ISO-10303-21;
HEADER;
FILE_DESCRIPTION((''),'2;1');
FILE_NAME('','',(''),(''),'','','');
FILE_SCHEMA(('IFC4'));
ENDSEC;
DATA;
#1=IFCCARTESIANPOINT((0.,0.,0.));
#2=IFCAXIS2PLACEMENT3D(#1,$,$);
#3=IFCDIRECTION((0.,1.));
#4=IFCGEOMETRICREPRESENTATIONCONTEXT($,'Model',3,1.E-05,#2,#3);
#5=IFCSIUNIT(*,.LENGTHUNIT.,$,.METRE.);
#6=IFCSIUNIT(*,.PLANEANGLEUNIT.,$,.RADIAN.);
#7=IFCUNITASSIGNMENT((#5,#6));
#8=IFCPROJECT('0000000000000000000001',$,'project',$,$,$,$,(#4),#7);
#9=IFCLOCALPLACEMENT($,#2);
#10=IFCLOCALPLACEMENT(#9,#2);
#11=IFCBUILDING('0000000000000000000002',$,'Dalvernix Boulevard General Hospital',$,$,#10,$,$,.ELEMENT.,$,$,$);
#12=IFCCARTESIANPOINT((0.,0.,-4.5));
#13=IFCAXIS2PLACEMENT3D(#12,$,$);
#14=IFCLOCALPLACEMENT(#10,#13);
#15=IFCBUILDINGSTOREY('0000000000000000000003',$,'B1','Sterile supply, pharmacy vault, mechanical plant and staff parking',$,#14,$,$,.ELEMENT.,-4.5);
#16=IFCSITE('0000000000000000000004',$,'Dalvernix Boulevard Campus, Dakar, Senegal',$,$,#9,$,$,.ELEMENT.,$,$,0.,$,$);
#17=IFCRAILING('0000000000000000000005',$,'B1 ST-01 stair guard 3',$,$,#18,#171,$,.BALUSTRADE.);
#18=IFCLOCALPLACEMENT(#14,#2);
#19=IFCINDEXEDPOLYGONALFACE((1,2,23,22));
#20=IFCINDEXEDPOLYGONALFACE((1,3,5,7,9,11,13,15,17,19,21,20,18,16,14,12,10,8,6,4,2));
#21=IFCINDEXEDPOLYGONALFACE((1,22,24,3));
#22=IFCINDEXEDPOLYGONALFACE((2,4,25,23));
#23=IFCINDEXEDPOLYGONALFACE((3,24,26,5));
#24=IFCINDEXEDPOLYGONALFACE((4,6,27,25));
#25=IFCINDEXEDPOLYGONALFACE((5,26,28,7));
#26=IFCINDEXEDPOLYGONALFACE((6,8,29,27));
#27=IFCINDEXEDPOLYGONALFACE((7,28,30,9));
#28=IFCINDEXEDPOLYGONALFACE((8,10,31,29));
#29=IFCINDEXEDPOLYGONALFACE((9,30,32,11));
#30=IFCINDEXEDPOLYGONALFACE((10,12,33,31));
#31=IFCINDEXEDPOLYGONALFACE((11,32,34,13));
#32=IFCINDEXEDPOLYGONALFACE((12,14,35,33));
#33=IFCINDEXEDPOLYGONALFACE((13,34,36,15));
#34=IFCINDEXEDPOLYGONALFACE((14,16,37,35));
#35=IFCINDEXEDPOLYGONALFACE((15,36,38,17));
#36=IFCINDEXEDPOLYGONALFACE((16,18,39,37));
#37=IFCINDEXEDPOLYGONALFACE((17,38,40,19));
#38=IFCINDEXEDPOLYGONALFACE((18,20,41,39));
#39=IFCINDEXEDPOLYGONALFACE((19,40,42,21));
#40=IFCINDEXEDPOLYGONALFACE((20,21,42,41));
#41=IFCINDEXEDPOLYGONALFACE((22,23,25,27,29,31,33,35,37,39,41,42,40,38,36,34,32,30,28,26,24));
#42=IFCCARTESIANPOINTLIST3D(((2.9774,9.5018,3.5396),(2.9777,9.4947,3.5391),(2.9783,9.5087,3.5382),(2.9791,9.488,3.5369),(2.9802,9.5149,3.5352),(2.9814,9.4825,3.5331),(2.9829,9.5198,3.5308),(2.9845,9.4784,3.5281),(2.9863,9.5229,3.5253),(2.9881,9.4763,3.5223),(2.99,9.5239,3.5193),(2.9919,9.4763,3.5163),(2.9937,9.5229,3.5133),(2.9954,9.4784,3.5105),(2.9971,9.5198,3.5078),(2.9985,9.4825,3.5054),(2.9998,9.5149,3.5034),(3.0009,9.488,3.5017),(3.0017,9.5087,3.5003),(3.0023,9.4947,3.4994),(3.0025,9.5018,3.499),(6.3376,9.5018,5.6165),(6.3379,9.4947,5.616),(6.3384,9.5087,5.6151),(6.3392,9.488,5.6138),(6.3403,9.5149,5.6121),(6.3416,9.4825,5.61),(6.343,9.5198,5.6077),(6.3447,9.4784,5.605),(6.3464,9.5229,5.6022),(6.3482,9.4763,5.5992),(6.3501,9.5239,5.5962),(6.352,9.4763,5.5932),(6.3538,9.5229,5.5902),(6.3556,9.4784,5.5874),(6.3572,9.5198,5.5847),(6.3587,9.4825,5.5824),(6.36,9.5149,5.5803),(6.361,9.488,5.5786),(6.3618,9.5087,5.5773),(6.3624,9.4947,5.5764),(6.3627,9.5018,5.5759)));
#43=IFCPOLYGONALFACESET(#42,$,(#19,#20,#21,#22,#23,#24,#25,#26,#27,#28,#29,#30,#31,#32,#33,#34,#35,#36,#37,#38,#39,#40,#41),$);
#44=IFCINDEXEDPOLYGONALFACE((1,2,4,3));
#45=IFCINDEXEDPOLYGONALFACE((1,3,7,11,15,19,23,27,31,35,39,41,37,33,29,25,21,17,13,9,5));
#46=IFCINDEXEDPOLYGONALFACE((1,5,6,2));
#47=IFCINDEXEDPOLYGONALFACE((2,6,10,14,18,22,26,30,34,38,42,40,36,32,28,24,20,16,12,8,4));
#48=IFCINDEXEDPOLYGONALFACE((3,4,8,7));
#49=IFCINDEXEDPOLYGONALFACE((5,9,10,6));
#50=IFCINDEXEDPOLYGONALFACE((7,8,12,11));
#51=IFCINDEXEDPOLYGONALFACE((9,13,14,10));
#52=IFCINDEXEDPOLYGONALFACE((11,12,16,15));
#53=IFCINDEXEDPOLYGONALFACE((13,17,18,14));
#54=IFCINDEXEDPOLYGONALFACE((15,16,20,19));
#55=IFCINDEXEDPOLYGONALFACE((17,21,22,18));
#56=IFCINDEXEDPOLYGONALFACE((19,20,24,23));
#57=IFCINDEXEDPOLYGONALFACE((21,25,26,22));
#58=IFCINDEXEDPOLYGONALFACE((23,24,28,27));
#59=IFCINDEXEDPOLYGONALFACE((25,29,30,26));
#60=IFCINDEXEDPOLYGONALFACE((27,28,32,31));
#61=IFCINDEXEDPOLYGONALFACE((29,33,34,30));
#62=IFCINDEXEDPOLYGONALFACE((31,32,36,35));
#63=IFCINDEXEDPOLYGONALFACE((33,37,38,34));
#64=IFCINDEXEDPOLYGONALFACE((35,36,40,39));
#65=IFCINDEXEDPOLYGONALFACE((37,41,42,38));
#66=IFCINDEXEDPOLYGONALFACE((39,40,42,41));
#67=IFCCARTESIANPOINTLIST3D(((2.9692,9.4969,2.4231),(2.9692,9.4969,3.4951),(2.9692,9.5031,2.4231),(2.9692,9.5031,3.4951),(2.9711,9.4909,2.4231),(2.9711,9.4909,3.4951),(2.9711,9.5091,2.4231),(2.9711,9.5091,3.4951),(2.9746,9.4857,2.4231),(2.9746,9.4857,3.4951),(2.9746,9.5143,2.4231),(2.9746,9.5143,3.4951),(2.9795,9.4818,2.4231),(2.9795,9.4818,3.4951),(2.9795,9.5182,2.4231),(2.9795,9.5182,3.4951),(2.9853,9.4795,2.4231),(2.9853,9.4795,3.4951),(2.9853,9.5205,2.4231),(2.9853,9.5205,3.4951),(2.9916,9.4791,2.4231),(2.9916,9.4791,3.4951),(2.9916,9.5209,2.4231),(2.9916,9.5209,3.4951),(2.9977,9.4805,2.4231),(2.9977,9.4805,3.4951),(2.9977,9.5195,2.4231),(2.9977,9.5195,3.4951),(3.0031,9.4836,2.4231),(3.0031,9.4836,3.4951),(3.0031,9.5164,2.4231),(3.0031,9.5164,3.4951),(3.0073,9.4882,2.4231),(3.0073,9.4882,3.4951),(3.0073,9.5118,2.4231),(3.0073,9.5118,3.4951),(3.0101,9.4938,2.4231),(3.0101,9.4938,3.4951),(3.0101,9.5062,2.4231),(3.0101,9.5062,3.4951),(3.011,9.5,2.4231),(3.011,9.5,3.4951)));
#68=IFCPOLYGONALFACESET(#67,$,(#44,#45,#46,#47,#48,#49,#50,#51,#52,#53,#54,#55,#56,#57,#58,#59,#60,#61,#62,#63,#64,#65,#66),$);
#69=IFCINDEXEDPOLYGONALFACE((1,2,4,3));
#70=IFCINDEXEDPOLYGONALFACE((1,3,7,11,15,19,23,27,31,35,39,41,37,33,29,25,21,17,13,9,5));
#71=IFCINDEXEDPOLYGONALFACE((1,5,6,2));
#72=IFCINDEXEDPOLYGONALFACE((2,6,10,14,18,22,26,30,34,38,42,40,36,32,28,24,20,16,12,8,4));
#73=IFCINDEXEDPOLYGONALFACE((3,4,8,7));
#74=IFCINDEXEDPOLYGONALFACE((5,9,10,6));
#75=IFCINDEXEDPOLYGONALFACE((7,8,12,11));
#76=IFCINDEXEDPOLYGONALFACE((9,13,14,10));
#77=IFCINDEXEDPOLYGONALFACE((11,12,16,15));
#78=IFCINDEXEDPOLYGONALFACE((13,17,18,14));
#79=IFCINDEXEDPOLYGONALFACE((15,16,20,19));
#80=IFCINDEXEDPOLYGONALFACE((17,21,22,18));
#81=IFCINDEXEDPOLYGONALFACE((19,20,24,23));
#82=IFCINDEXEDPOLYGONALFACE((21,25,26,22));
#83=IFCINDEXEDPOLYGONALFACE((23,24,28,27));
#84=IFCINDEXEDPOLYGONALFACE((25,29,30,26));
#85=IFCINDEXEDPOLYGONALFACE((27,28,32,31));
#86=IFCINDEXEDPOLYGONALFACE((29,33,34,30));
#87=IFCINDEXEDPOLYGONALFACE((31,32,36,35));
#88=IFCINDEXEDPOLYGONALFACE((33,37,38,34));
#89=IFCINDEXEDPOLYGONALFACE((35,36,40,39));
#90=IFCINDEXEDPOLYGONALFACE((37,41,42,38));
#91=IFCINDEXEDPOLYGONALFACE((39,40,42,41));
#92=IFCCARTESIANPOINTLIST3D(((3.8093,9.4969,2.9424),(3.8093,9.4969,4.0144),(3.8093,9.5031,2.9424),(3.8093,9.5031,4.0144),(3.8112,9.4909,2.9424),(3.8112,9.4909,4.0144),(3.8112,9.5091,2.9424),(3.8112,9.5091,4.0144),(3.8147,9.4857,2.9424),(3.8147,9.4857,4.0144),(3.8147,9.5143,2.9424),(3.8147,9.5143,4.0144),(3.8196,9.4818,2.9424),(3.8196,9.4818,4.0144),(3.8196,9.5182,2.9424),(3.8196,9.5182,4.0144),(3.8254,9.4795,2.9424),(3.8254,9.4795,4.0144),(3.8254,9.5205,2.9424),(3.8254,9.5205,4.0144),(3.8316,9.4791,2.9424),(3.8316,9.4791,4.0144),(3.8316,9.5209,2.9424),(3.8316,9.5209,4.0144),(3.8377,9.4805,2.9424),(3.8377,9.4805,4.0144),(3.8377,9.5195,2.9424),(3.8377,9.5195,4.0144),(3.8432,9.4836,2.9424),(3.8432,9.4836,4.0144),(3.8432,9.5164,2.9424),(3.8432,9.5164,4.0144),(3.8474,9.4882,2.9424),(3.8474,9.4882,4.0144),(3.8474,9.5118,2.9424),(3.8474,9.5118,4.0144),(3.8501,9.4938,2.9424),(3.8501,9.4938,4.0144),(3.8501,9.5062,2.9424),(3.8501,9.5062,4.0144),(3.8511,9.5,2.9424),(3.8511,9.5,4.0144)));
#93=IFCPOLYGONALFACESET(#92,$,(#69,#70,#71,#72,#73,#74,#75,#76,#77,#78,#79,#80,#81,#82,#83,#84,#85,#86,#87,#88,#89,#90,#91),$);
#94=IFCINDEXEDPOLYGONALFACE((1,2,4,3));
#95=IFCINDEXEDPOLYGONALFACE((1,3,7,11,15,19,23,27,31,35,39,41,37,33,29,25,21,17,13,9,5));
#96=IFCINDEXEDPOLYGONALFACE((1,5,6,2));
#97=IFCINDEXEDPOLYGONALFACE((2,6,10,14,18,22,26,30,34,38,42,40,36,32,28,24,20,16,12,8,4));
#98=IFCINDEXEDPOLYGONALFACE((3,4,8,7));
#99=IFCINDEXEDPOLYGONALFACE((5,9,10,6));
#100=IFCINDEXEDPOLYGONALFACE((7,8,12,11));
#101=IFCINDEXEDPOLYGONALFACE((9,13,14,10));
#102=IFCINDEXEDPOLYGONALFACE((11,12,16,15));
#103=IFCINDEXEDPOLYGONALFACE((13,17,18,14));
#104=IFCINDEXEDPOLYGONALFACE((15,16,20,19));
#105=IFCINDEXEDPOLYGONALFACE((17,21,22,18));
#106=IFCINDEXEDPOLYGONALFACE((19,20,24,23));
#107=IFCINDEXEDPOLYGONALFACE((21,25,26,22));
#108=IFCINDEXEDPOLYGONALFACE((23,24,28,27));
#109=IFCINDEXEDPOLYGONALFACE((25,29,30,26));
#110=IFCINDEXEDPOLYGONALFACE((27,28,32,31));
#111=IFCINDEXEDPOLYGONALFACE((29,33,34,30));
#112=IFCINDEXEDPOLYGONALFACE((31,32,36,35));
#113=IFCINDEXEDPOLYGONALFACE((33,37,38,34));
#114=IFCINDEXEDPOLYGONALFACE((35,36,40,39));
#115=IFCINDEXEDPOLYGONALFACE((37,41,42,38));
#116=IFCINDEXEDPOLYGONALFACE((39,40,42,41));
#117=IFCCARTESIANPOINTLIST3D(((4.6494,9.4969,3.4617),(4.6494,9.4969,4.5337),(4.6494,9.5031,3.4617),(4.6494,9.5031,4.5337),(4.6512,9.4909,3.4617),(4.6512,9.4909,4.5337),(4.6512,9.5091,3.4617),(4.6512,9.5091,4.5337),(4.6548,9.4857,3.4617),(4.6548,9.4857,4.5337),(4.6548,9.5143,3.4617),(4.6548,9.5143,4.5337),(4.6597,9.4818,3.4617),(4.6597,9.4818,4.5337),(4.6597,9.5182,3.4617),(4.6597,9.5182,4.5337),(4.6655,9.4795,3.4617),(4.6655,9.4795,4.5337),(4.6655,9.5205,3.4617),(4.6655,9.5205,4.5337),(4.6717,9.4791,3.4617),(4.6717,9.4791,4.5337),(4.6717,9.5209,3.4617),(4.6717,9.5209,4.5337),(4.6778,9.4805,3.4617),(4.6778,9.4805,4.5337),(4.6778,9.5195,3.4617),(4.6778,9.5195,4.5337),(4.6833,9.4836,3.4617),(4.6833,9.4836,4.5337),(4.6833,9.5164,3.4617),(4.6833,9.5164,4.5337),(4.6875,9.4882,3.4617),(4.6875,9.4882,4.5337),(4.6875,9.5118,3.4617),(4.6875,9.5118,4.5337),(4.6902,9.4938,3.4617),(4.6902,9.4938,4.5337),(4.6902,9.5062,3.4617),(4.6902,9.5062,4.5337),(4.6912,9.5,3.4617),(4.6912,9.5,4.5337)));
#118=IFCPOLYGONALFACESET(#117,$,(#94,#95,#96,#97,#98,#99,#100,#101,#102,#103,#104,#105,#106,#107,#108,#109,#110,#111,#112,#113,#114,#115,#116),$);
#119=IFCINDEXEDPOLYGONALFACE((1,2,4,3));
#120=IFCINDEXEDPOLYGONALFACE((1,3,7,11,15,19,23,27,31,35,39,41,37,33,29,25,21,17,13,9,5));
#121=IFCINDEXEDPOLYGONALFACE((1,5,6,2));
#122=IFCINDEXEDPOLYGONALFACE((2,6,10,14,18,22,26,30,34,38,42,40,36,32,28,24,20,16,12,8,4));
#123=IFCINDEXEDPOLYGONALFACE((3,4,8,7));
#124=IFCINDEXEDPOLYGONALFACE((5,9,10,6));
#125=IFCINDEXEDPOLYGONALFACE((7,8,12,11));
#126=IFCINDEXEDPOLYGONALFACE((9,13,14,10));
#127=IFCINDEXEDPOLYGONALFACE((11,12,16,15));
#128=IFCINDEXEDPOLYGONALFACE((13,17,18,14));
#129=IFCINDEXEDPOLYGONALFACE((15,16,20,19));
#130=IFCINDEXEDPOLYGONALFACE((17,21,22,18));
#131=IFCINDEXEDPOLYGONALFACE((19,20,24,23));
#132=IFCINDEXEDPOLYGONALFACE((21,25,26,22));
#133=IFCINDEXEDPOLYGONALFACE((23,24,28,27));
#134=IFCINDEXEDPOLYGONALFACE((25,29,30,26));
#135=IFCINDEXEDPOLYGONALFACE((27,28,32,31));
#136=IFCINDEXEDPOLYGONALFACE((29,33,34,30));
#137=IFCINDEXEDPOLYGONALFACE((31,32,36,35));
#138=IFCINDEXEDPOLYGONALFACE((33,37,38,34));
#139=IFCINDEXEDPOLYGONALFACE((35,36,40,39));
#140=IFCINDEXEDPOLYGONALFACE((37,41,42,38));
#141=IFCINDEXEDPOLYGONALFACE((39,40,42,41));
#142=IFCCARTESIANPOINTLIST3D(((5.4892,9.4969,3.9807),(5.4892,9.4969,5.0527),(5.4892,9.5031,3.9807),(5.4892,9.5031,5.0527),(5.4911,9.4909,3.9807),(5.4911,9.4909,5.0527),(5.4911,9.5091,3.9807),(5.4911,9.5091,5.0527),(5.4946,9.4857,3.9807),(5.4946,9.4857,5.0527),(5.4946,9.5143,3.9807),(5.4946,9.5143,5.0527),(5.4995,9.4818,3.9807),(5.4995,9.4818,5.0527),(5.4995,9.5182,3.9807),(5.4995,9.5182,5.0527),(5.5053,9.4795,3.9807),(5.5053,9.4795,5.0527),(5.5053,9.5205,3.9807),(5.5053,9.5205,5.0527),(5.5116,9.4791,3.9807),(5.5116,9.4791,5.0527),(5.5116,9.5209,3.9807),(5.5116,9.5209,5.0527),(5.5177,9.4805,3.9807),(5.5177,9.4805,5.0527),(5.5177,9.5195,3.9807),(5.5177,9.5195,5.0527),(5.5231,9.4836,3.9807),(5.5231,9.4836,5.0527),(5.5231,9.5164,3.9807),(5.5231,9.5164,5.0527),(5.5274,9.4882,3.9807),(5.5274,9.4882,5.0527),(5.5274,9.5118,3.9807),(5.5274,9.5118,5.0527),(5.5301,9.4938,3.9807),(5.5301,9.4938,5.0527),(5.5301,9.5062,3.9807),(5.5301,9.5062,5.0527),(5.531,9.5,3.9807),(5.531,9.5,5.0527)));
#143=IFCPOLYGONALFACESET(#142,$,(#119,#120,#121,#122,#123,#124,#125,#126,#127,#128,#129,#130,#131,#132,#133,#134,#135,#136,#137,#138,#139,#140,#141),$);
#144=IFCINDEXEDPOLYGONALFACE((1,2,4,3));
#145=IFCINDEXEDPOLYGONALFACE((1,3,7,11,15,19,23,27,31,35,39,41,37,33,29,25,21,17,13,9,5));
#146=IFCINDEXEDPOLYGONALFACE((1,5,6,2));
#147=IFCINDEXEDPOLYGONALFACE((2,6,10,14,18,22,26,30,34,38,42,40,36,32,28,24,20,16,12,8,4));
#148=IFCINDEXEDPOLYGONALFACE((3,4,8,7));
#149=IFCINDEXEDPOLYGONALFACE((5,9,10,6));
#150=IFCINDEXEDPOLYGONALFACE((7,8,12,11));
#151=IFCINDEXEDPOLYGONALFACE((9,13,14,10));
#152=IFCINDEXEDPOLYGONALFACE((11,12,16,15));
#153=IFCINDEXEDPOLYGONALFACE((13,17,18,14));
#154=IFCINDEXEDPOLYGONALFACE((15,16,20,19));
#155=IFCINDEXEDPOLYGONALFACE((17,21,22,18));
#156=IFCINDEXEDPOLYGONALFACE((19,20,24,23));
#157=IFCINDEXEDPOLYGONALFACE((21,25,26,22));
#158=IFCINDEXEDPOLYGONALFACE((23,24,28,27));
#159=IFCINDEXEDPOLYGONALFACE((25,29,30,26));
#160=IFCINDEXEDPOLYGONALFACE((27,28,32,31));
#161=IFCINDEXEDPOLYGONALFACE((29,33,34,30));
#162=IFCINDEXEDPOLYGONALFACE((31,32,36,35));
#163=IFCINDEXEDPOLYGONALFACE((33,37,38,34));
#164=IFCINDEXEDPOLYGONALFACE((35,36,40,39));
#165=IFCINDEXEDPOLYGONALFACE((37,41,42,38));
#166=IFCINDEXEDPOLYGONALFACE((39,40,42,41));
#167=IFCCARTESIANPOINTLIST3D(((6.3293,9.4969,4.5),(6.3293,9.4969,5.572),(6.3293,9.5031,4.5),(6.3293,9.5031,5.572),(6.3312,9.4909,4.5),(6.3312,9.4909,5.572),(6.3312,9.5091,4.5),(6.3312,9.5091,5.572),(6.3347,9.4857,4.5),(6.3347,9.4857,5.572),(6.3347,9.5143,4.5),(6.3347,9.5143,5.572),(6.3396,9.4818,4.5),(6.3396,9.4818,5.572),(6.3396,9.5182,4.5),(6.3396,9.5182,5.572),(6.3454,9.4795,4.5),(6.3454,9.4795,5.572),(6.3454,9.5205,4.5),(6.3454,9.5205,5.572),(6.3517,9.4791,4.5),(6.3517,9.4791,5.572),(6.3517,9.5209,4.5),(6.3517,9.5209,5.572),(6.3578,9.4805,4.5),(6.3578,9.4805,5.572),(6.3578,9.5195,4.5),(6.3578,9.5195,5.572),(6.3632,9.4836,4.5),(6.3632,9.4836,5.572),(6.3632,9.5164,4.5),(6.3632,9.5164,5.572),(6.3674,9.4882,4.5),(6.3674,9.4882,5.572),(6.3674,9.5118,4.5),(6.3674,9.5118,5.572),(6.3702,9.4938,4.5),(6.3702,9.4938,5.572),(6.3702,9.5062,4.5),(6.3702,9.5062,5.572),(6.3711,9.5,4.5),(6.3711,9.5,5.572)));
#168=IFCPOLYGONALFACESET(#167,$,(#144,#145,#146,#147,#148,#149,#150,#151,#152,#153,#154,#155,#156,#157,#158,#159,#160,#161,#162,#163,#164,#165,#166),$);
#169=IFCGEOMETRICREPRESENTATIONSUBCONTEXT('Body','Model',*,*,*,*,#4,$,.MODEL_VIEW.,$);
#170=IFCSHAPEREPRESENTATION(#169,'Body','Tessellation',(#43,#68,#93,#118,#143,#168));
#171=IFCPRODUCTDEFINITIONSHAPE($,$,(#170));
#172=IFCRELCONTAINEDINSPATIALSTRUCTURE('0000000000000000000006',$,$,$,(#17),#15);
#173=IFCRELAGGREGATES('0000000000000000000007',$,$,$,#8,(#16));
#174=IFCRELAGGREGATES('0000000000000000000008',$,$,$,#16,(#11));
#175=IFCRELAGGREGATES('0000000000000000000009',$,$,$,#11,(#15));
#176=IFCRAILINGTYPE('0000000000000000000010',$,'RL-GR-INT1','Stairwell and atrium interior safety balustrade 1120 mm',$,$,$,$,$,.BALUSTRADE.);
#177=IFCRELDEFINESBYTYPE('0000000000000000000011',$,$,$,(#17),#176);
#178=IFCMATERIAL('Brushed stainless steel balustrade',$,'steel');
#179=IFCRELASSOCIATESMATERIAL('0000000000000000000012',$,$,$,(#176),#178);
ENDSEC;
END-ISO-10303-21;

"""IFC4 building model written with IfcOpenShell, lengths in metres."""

from ifc_helpers import new_model, si_unit, direction, frame, origin, origin_2d, place, context, subcontext, project, spatial, circle, extrude, material, type_object, element, save


model = new_model("IFC4")

# Units and contexts
model_context = context("Model", 3, precision=1e-05, world=origin(), true_north=direction((0.0, 1.0)))
body_context = subcontext(model_context, "Body", "Model", "MODEL_VIEW")
ifc_project = project(units=[si_unit("LENGTHUNIT", "METRE"), si_unit("PLANEANGLEUNIT", "RADIAN")], contexts=[model_context])

# Site, building, storey
site_placement = place(None, origin())
site = spatial("IfcSite", under=ifc_project, at=site_placement, Name="Dalvernix Boulevard Campus, Dakar, Senegal", CompositionType="ELEMENT", RefElevation=0.0)
building_placement = place(site_placement, origin())
building = spatial("IfcBuilding", under=site, at=building_placement, Name="Dalvernix Boulevard General Hospital", CompositionType="ELEMENT")
storey_placement = place(building_placement, frame((0.0, 0.0, -4.5)))
storey = spatial("IfcBuildingStorey", under=building, at=storey_placement, Name="B1", Description="Sterile supply, pharmacy vault, mechanical plant and staff parking", CompositionType="ELEMENT", Elevation=-4.5)

# Railing
ifc_material_1 = material(Name="Brushed stainless steel balustrade", Category="steel")
railing_type_1 = type_object("IfcRailingType", Name="RL-GR-INT1", Description="Stairwell and atrium interior safety balustrade 1120 mm", PredefinedType="BALUSTRADE", material=ifc_material_1)
railing_1_placement = place(storey_placement, frame((2.99, 9.5, 2.4231)))
element("IfcRailing", 1, at=railing_1_placement, inside=storey, type_object=railing_type_1, Name="B1 ST-01 stair guard 3", PredefinedType="BALUSTRADE", context=body_context, shape_type="SweptSolid", body=[
    extrude(circle(Radius=0.0239, at=origin_2d()), frame((0.0, 0.0, 1.0962), z_axis=(0.850623, 0.0, 0.525776), x_axis=(0.0, 1.0, 0.0)), (0.0, 0.0, 1.0), 3.9502),
    extrude(circle(Radius=0.021, at=origin_2d()), origin(), (0.0, 0.0, 1.0), 1.072),
    extrude(circle(Radius=0.021, at=origin_2d()), frame((0.8401, 0.0, 0.5193)), (0.0, 0.0, 1.0), 1.072),
    extrude(circle(Radius=0.021, at=origin_2d()), frame((1.6802, 0.0, 1.0386)), (0.0, 0.0, 1.0), 1.072),
    extrude(circle(Radius=0.021, at=origin_2d()), frame((2.52, 0.0, 1.5576)), (0.0, 0.0, 1.0), 1.072),
    extrude(circle(Radius=0.021, at=origin_2d()), frame((3.3601, 0.0, 2.0769)), (0.0, 0.0, 1.0), 1.072),
])

save(model, "model.ifc")
